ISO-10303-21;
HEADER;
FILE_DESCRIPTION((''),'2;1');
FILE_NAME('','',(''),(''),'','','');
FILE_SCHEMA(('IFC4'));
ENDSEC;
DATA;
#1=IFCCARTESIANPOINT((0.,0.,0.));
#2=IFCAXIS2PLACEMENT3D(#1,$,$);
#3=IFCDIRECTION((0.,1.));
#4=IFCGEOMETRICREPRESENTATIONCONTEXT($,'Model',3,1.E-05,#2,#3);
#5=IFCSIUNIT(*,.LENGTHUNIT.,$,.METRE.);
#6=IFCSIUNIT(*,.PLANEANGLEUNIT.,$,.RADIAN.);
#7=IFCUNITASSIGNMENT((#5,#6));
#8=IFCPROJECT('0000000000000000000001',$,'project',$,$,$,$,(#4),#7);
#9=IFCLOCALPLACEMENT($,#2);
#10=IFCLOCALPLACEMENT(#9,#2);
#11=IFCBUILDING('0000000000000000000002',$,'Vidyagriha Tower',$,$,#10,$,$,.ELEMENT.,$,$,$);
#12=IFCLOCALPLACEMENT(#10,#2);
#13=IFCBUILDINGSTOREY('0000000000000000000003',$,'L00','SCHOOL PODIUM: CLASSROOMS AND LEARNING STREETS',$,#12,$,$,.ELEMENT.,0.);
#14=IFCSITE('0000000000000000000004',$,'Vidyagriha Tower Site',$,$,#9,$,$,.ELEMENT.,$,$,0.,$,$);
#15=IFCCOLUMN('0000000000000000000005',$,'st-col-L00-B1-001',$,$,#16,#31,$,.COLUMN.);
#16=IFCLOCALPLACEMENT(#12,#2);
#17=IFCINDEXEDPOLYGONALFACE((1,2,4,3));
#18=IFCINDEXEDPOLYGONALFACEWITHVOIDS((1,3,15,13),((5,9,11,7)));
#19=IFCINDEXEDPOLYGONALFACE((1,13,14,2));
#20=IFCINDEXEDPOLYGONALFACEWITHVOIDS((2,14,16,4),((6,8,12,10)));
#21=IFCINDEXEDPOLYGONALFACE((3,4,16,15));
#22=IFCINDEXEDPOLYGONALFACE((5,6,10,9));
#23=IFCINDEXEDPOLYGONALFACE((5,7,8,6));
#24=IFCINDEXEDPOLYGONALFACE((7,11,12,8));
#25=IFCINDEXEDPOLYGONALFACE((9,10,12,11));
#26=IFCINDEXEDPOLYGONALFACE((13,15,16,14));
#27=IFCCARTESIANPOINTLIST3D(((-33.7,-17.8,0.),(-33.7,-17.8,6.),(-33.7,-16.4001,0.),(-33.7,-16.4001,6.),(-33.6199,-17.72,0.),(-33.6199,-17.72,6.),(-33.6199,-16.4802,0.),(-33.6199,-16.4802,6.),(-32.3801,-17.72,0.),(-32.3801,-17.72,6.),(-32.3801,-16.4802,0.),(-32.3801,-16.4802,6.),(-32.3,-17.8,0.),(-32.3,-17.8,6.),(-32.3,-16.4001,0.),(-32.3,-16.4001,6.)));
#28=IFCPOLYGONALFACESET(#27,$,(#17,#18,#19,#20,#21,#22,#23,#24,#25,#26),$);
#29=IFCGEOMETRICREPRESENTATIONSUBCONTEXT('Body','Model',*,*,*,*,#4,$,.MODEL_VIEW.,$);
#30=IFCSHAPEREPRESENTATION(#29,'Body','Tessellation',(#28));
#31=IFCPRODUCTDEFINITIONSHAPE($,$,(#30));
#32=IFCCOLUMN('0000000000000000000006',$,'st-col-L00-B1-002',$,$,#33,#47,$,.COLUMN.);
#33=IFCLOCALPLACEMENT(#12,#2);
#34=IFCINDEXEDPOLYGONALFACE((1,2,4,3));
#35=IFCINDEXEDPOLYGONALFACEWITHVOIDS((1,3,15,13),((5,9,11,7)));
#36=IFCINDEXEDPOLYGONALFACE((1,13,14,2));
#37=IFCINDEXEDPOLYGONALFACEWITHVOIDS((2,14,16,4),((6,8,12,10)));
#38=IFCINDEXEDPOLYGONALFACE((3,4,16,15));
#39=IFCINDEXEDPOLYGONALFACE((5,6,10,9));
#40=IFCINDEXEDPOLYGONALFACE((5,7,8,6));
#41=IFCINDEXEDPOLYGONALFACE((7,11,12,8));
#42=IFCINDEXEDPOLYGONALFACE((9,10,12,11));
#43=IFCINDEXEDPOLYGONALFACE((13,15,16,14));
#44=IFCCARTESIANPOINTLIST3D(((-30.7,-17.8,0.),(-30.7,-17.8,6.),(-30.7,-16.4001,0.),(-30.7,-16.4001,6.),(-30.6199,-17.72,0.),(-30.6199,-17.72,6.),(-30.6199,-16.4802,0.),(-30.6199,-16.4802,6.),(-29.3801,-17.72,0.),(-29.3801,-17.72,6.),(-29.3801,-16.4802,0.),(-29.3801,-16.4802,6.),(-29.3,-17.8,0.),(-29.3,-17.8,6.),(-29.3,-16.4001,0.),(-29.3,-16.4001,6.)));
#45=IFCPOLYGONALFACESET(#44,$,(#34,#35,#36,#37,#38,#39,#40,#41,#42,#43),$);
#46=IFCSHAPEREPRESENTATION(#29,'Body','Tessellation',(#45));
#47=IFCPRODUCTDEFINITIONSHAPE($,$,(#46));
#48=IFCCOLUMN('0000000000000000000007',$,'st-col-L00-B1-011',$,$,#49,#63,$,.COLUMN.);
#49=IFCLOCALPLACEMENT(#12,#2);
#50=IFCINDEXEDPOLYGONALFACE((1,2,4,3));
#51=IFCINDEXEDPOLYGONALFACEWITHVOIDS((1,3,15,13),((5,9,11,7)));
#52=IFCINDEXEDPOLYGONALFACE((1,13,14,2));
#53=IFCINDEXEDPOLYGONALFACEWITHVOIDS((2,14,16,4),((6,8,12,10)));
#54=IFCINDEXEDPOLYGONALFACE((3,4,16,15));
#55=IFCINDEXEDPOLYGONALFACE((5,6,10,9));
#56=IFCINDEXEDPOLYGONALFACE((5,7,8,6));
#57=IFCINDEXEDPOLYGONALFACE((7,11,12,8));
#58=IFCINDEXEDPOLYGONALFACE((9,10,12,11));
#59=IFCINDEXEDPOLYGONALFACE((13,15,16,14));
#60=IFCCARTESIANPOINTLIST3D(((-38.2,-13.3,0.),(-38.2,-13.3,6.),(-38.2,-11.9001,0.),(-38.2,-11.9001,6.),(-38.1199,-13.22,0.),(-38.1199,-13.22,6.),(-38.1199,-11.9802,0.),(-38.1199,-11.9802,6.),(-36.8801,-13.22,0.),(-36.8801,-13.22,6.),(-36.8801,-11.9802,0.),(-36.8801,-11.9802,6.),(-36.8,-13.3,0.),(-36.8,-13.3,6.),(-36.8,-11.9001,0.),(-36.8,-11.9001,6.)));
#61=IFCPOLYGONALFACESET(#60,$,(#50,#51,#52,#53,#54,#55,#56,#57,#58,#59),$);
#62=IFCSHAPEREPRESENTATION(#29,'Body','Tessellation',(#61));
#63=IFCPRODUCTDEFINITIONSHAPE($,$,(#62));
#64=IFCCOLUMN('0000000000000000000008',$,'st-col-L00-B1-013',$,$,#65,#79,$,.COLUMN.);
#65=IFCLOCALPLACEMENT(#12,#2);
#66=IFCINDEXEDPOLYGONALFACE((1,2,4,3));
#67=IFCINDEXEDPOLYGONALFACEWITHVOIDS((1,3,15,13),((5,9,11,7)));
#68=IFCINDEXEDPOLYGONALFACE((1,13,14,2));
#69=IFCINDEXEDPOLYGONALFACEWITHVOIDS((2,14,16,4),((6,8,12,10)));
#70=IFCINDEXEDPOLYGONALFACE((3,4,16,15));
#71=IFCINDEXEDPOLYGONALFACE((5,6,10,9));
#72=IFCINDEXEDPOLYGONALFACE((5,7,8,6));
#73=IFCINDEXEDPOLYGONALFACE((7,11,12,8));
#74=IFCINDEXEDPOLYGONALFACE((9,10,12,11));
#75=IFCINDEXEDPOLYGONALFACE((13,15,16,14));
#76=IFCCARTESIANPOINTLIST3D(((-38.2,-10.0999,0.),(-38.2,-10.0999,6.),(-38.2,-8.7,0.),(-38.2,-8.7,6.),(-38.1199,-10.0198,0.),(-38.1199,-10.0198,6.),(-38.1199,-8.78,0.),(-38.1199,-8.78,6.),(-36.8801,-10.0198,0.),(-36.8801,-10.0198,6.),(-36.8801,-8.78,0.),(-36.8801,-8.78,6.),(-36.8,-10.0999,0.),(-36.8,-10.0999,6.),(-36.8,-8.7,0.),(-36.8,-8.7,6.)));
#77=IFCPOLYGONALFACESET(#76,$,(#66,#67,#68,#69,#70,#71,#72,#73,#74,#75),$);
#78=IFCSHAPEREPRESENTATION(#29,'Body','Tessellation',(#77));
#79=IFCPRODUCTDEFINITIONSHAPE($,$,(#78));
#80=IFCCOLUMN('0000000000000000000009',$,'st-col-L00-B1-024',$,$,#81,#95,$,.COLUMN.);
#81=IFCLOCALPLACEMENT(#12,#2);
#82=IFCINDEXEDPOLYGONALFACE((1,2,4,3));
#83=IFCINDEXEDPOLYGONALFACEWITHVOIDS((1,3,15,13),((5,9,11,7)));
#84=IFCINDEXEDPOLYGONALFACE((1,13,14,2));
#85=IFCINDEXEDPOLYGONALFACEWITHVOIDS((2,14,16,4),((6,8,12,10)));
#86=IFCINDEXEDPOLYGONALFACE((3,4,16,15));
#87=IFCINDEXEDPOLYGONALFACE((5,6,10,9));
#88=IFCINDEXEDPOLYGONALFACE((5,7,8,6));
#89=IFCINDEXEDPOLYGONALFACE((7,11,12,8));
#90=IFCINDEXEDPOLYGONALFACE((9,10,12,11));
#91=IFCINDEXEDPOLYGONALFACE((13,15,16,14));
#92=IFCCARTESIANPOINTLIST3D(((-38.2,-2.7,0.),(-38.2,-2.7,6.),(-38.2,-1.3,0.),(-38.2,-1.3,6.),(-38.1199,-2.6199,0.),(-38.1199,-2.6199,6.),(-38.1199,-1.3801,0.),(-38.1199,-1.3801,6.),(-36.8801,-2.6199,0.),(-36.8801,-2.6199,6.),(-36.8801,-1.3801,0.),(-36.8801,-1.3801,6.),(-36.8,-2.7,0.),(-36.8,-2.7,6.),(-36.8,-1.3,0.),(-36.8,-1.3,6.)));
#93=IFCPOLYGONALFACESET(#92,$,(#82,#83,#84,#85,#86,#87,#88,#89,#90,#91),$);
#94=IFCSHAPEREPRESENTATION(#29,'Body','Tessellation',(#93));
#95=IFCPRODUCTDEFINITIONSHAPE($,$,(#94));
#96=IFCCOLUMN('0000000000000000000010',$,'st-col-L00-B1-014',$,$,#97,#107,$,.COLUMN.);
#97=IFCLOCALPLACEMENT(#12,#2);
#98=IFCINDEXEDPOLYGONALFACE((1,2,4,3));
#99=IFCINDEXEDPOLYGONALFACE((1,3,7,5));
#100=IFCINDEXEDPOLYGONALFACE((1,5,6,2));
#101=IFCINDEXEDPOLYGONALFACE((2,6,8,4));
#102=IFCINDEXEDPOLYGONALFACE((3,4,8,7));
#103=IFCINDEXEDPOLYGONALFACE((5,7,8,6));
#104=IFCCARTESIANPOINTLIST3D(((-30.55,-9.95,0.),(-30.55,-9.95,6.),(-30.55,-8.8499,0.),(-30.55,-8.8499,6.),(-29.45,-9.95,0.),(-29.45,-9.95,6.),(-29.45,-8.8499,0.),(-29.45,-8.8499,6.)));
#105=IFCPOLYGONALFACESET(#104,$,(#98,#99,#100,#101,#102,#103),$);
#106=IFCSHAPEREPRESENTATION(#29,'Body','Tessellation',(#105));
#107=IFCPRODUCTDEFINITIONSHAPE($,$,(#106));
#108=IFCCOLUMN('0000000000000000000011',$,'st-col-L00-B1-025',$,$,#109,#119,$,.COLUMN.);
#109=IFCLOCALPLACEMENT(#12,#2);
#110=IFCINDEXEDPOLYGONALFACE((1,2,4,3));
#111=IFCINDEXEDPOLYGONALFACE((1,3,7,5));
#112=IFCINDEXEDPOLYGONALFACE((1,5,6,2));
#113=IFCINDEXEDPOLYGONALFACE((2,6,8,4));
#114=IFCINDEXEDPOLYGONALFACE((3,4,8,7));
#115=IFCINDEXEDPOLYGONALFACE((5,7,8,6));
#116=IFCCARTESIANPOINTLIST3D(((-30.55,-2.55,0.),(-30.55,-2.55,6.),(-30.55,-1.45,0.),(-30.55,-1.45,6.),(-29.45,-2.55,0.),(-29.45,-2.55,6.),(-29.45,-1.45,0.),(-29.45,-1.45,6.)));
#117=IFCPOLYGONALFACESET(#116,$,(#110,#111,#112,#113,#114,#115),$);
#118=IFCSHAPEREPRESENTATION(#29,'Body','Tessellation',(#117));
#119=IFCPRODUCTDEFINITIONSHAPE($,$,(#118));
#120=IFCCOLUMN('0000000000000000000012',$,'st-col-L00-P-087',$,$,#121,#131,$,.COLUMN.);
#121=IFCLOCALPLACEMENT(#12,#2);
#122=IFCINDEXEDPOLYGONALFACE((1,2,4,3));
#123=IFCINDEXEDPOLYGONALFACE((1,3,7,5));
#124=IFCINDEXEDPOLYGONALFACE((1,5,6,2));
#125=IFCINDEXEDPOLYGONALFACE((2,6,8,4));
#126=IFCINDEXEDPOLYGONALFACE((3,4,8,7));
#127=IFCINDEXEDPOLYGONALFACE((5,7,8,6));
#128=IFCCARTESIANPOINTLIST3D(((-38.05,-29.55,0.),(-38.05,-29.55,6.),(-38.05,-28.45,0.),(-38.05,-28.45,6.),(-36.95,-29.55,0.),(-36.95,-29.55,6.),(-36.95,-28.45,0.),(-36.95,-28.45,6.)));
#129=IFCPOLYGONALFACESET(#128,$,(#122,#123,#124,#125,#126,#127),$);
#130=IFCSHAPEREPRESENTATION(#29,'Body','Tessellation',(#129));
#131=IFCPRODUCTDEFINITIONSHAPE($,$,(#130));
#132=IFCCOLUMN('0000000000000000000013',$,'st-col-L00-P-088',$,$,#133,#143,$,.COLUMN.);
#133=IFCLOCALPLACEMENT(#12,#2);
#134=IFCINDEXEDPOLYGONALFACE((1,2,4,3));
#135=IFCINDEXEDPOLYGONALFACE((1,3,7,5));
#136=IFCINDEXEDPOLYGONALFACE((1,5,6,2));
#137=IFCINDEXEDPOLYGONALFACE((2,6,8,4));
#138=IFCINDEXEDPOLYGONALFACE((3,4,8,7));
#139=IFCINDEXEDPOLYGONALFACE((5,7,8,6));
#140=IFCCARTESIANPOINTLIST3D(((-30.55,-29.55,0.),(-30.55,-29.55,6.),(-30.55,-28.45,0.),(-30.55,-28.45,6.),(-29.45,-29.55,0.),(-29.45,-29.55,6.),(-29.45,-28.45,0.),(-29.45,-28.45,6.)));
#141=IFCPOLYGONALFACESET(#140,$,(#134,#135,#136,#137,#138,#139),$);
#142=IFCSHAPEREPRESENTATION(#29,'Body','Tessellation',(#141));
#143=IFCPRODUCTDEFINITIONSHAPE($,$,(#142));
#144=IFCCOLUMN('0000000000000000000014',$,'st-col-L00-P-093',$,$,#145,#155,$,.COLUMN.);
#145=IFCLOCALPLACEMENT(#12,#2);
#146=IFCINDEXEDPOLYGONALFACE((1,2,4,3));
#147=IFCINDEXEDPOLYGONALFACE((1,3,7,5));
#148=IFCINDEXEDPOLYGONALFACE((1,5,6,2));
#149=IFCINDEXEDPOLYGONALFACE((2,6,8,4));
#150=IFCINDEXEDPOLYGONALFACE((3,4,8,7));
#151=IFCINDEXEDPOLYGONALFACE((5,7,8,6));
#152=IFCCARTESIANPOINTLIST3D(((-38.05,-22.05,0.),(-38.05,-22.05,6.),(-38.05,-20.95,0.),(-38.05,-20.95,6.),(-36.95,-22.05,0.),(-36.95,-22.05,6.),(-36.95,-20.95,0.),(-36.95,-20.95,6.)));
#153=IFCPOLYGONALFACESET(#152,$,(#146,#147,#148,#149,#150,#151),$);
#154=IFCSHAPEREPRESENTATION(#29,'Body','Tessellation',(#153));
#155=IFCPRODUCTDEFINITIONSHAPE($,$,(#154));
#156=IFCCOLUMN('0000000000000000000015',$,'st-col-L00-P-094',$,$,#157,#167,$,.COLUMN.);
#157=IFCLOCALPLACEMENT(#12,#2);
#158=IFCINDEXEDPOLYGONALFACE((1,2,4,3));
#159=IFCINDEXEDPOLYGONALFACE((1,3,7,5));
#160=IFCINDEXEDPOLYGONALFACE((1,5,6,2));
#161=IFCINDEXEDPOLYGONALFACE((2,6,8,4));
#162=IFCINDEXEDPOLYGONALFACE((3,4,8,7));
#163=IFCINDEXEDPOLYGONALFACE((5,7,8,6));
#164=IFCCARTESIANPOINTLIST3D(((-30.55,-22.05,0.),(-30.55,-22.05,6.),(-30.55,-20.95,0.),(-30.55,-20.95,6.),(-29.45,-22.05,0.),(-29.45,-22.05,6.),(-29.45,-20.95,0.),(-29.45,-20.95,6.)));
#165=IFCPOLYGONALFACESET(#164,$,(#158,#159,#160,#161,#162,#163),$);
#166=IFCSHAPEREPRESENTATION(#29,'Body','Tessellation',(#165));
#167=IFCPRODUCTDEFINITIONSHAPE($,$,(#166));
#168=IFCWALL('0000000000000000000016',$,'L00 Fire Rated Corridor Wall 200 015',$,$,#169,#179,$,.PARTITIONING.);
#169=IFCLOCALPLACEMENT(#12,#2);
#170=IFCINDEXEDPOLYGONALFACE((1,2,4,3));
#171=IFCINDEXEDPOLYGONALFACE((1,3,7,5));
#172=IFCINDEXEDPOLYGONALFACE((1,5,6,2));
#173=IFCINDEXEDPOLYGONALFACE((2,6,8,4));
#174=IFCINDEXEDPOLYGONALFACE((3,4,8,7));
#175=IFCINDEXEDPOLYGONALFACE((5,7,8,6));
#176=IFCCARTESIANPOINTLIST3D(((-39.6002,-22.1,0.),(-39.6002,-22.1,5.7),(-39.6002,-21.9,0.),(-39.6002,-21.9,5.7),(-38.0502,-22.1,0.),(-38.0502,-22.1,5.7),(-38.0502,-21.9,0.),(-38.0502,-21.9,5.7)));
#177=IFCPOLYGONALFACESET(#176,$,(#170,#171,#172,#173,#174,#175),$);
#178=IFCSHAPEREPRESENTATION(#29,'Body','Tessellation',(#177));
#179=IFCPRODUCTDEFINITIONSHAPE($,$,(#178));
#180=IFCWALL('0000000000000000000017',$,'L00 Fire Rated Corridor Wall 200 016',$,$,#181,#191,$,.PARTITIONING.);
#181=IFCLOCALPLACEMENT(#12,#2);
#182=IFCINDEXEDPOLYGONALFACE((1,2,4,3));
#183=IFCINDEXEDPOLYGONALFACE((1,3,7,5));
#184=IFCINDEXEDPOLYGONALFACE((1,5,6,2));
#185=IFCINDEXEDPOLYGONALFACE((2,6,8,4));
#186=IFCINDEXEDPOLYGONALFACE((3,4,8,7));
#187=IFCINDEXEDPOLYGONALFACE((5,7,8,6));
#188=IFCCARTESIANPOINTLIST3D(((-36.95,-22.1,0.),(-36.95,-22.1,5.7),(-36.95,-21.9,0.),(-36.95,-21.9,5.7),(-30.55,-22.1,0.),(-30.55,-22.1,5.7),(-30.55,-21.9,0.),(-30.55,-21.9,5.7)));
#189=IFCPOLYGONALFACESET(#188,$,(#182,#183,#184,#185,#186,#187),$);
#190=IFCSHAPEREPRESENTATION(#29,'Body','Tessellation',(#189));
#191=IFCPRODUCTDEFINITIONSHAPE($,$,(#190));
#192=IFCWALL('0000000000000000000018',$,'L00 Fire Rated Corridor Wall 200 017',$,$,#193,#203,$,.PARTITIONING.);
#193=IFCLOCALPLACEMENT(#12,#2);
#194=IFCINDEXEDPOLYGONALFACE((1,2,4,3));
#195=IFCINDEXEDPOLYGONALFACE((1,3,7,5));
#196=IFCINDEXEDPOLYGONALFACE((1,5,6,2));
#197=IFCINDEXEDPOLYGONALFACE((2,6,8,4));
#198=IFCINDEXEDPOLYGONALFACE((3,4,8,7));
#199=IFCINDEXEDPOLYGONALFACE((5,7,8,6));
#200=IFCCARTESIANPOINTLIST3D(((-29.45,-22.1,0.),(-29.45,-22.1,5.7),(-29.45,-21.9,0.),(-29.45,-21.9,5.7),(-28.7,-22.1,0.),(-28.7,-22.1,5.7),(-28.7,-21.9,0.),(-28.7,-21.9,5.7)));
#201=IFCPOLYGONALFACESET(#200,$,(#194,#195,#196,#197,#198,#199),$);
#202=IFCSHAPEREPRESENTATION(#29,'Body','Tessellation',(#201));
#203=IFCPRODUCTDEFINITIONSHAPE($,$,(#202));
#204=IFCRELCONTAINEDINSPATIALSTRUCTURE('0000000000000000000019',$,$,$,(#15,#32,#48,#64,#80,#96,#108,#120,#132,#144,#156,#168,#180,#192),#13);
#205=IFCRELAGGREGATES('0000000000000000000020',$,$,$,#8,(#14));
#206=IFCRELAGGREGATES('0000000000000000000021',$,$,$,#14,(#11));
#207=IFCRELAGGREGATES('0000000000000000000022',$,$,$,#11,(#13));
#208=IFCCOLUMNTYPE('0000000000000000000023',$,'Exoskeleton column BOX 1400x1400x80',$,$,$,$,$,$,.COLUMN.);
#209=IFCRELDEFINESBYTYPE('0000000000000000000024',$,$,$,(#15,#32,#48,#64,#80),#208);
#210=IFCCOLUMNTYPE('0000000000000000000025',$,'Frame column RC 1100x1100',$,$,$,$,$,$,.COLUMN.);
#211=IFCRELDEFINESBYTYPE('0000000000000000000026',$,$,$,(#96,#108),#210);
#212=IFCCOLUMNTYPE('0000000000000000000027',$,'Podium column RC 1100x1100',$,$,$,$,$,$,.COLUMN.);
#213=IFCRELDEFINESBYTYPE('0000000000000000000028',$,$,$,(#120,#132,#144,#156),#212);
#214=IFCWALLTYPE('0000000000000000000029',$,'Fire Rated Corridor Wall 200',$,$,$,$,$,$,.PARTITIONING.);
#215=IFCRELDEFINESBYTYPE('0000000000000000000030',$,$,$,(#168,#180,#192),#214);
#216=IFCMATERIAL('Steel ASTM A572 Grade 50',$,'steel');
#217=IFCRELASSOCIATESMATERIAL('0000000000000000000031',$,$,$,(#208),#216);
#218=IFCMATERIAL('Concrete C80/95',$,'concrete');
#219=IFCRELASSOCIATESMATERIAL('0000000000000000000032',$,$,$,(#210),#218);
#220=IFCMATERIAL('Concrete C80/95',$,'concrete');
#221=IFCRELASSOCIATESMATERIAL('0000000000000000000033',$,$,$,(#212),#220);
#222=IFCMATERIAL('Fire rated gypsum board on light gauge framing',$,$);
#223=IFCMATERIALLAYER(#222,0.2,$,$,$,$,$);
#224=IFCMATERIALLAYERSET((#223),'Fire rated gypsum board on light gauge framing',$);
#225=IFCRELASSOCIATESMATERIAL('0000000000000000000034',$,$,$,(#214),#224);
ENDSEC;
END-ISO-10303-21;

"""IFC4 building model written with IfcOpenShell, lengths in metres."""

from ifc_helpers import new_model, si_unit, direction, frame, frame_2d, origin, origin_2d, place, context, subcontext, project, spatial, rectangle, hollow_rectangle, extrude, material, layer, layer_set, material_profile, profile_set, type_object, element, save


model = new_model("IFC4")

# Units and contexts
model_context = context("Model", 3, precision=1e-05, world=origin(), true_north=direction((0.0, 1.0)))
body_context = subcontext(model_context, "Body", "Model", "MODEL_VIEW")
ifc_project = project(units=[si_unit("LENGTHUNIT", "METRE"), si_unit("PLANEANGLEUNIT", "RADIAN")], contexts=[model_context])

# Site, building, storey
site_placement = place(None, origin())
site = spatial("IfcSite", under=ifc_project, at=site_placement, Name="Vidyagriha Tower Site", CompositionType="ELEMENT", RefElevation=0.0)
building_placement = place(site_placement, origin())
building = spatial("IfcBuilding", under=site, at=building_placement, Name="Vidyagriha Tower", CompositionType="ELEMENT")
storey_placement = place(building_placement, origin())
storey = spatial("IfcBuildingStorey", under=building, at=storey_placement, Name="L00", Description="SCHOOL PODIUM: CLASSROOMS AND LEARNING STREETS", CompositionType="ELEMENT", Elevation=0.0)

# Columns
ifc_material_1 = material(Name="Steel ASTM A572 Grade 50", Category="steel")
ifc_material_profile_1 = material_profile(ifc_material_1, hollow_rectangle(XDim=1.3999, YDim=1.3999, WallThickness=0.0801, at=origin_2d()), Name="BOX 1400x1400x80")
ifc_profile_set_1 = profile_set([ifc_material_profile_1], Name="Steel ASTM A572 Grade 50")
column_type_1 = type_object("IfcColumnType", Name="Exoskeleton column BOX 1400x1400x80", PredefinedType="COLUMN", material=ifc_profile_set_1)
for number, where, name in (
    (1, (-33.0, -17.1001, 0.0), "st-col-L00-B1-001"),
    (2, (-30.0, -17.1001, 0.0), "st-col-L00-B1-002"),
    (3, (-37.5, -12.6001, 0.0), "st-col-L00-B1-011"),
    (4, (-37.5, -9.3999, 0.0), "st-col-L00-B1-013"),
    (5, (-37.5, -2.0, 0.0), "st-col-L00-B1-024"),
):
    element("IfcColumn", number, at=place(storey_placement, frame(where)), inside=storey, type_object=column_type_1, Name=name, PredefinedType="COLUMN", context=body_context, shape_type="SweptSolid", body=[
        extrude(hollow_rectangle(XDim=1.3999, YDim=1.3999, WallThickness=0.0801, at=origin_2d()), origin(), (0.0, 0.0, 1.0), 6.0),
    ])
ifc_material_2 = material(Name="Concrete C80/95", Category="concrete")
ifc_material_profile_2 = material_profile(ifc_material_2, rectangle(XDim=1.1001, YDim=1.1001, at=origin_2d()), Name="RC 1100x1100")
ifc_profile_set_2 = profile_set([ifc_material_profile_2], Name="Concrete C80/95")
column_type_2 = type_object("IfcColumnType", Name="Frame column RC 1100x1100", PredefinedType="COLUMN", material=ifc_profile_set_2)
for number, where, name in (
    (6, (-30.0, -9.3999, 0.0), "st-col-L00-B1-014"),
    (7, (-30.0, -2.0, 0.0), "st-col-L00-B1-025"),
):
    element("IfcColumn", number, at=place(storey_placement, frame(where)), inside=storey, type_object=column_type_2, Name=name, PredefinedType="COLUMN", context=body_context, shape_type="SweptSolid", body=[
        extrude(rectangle(XDim=1.1001, YDim=1.1001, at=origin_2d()), origin(), (0.0, 0.0, 1.0), 6.0),
    ])
ifc_material_3 = material(Name="Concrete C80/95", Category="concrete")
ifc_material_profile_3 = material_profile(ifc_material_3, rectangle(XDim=1.1001, YDim=1.1001, at=origin_2d()), Name="RC 1100x1100")
ifc_profile_set_3 = profile_set([ifc_material_profile_3], Name="Concrete C80/95")
column_type_3 = type_object("IfcColumnType", Name="Podium column RC 1100x1100", PredefinedType="COLUMN", material=ifc_profile_set_3)
for number, where, name in (
    (8, (-37.5, -29.0, 0.0), "st-col-L00-P-087"),
    (9, (-30.0, -29.0, 0.0), "st-col-L00-P-088"),
    (10, (-37.5, -21.5, 0.0), "st-col-L00-P-093"),
    (11, (-30.0, -21.5, 0.0), "st-col-L00-P-094"),
):
    element("IfcColumn", number, at=place(storey_placement, frame(where)), inside=storey, type_object=column_type_3, Name=name, PredefinedType="COLUMN", context=body_context, shape_type="SweptSolid", body=[
        extrude(rectangle(XDim=1.1001, YDim=1.1001, at=origin_2d()), origin(), (0.0, 0.0, 1.0), 6.0),
    ])

# Walls
ifc_material_4 = material(Name="Fire rated gypsum board on light gauge framing")
ifc_layer_1 = layer(ifc_material_4, 0.2)
ifc_layer_set_1 = layer_set([ifc_layer_1], Name="Fire rated gypsum board on light gauge framing")
wall_type_1 = type_object("IfcWallType", Name="Fire Rated Corridor Wall 200", PredefinedType="PARTITIONING", material=ifc_layer_set_1)
wall_1_placement = place(storey_placement, frame((-39.6001, -22.0, 0.0)))
element("IfcWall", 12, at=wall_1_placement, inside=storey, type_object=wall_type_1, Name="L00 Fire Rated Corridor Wall 200 015", PredefinedType="PARTITIONING", context=body_context, shape_type="SweptSolid", body=[
    extrude(rectangle(XDim=1.55, YDim=0.2, at=frame_2d((0.7749, 0.0))), origin(), (0.0, 0.0, 1.0), 5.7),
])
wall_2_placement = place(storey_placement, frame((-36.95, -22.0, 0.0)))
element("IfcWall", 13, at=wall_2_placement, inside=storey, type_object=wall_type_1, Name="L00 Fire Rated Corridor Wall 200 016", PredefinedType="PARTITIONING", context=body_context, shape_type="SweptSolid", body=[
    extrude(rectangle(XDim=6.3999, YDim=0.2, at=frame_2d((3.2, 0.0))), origin(), (0.0, 0.0, 1.0), 5.7),
])
wall_3_placement = place(storey_placement, frame((-29.45, -22.0, 0.0)))
element("IfcWall", 14, at=wall_3_placement, inside=storey, type_object=wall_type_1, Name="L00 Fire Rated Corridor Wall 200 017", PredefinedType="PARTITIONING", context=body_context, shape_type="SweptSolid", body=[
    extrude(rectangle(XDim=0.75, YDim=0.2, at=frame_2d((0.375, 0.0))), origin(), (0.0, 0.0, 1.0), 5.7),
])

save(model, "model.ifc")
